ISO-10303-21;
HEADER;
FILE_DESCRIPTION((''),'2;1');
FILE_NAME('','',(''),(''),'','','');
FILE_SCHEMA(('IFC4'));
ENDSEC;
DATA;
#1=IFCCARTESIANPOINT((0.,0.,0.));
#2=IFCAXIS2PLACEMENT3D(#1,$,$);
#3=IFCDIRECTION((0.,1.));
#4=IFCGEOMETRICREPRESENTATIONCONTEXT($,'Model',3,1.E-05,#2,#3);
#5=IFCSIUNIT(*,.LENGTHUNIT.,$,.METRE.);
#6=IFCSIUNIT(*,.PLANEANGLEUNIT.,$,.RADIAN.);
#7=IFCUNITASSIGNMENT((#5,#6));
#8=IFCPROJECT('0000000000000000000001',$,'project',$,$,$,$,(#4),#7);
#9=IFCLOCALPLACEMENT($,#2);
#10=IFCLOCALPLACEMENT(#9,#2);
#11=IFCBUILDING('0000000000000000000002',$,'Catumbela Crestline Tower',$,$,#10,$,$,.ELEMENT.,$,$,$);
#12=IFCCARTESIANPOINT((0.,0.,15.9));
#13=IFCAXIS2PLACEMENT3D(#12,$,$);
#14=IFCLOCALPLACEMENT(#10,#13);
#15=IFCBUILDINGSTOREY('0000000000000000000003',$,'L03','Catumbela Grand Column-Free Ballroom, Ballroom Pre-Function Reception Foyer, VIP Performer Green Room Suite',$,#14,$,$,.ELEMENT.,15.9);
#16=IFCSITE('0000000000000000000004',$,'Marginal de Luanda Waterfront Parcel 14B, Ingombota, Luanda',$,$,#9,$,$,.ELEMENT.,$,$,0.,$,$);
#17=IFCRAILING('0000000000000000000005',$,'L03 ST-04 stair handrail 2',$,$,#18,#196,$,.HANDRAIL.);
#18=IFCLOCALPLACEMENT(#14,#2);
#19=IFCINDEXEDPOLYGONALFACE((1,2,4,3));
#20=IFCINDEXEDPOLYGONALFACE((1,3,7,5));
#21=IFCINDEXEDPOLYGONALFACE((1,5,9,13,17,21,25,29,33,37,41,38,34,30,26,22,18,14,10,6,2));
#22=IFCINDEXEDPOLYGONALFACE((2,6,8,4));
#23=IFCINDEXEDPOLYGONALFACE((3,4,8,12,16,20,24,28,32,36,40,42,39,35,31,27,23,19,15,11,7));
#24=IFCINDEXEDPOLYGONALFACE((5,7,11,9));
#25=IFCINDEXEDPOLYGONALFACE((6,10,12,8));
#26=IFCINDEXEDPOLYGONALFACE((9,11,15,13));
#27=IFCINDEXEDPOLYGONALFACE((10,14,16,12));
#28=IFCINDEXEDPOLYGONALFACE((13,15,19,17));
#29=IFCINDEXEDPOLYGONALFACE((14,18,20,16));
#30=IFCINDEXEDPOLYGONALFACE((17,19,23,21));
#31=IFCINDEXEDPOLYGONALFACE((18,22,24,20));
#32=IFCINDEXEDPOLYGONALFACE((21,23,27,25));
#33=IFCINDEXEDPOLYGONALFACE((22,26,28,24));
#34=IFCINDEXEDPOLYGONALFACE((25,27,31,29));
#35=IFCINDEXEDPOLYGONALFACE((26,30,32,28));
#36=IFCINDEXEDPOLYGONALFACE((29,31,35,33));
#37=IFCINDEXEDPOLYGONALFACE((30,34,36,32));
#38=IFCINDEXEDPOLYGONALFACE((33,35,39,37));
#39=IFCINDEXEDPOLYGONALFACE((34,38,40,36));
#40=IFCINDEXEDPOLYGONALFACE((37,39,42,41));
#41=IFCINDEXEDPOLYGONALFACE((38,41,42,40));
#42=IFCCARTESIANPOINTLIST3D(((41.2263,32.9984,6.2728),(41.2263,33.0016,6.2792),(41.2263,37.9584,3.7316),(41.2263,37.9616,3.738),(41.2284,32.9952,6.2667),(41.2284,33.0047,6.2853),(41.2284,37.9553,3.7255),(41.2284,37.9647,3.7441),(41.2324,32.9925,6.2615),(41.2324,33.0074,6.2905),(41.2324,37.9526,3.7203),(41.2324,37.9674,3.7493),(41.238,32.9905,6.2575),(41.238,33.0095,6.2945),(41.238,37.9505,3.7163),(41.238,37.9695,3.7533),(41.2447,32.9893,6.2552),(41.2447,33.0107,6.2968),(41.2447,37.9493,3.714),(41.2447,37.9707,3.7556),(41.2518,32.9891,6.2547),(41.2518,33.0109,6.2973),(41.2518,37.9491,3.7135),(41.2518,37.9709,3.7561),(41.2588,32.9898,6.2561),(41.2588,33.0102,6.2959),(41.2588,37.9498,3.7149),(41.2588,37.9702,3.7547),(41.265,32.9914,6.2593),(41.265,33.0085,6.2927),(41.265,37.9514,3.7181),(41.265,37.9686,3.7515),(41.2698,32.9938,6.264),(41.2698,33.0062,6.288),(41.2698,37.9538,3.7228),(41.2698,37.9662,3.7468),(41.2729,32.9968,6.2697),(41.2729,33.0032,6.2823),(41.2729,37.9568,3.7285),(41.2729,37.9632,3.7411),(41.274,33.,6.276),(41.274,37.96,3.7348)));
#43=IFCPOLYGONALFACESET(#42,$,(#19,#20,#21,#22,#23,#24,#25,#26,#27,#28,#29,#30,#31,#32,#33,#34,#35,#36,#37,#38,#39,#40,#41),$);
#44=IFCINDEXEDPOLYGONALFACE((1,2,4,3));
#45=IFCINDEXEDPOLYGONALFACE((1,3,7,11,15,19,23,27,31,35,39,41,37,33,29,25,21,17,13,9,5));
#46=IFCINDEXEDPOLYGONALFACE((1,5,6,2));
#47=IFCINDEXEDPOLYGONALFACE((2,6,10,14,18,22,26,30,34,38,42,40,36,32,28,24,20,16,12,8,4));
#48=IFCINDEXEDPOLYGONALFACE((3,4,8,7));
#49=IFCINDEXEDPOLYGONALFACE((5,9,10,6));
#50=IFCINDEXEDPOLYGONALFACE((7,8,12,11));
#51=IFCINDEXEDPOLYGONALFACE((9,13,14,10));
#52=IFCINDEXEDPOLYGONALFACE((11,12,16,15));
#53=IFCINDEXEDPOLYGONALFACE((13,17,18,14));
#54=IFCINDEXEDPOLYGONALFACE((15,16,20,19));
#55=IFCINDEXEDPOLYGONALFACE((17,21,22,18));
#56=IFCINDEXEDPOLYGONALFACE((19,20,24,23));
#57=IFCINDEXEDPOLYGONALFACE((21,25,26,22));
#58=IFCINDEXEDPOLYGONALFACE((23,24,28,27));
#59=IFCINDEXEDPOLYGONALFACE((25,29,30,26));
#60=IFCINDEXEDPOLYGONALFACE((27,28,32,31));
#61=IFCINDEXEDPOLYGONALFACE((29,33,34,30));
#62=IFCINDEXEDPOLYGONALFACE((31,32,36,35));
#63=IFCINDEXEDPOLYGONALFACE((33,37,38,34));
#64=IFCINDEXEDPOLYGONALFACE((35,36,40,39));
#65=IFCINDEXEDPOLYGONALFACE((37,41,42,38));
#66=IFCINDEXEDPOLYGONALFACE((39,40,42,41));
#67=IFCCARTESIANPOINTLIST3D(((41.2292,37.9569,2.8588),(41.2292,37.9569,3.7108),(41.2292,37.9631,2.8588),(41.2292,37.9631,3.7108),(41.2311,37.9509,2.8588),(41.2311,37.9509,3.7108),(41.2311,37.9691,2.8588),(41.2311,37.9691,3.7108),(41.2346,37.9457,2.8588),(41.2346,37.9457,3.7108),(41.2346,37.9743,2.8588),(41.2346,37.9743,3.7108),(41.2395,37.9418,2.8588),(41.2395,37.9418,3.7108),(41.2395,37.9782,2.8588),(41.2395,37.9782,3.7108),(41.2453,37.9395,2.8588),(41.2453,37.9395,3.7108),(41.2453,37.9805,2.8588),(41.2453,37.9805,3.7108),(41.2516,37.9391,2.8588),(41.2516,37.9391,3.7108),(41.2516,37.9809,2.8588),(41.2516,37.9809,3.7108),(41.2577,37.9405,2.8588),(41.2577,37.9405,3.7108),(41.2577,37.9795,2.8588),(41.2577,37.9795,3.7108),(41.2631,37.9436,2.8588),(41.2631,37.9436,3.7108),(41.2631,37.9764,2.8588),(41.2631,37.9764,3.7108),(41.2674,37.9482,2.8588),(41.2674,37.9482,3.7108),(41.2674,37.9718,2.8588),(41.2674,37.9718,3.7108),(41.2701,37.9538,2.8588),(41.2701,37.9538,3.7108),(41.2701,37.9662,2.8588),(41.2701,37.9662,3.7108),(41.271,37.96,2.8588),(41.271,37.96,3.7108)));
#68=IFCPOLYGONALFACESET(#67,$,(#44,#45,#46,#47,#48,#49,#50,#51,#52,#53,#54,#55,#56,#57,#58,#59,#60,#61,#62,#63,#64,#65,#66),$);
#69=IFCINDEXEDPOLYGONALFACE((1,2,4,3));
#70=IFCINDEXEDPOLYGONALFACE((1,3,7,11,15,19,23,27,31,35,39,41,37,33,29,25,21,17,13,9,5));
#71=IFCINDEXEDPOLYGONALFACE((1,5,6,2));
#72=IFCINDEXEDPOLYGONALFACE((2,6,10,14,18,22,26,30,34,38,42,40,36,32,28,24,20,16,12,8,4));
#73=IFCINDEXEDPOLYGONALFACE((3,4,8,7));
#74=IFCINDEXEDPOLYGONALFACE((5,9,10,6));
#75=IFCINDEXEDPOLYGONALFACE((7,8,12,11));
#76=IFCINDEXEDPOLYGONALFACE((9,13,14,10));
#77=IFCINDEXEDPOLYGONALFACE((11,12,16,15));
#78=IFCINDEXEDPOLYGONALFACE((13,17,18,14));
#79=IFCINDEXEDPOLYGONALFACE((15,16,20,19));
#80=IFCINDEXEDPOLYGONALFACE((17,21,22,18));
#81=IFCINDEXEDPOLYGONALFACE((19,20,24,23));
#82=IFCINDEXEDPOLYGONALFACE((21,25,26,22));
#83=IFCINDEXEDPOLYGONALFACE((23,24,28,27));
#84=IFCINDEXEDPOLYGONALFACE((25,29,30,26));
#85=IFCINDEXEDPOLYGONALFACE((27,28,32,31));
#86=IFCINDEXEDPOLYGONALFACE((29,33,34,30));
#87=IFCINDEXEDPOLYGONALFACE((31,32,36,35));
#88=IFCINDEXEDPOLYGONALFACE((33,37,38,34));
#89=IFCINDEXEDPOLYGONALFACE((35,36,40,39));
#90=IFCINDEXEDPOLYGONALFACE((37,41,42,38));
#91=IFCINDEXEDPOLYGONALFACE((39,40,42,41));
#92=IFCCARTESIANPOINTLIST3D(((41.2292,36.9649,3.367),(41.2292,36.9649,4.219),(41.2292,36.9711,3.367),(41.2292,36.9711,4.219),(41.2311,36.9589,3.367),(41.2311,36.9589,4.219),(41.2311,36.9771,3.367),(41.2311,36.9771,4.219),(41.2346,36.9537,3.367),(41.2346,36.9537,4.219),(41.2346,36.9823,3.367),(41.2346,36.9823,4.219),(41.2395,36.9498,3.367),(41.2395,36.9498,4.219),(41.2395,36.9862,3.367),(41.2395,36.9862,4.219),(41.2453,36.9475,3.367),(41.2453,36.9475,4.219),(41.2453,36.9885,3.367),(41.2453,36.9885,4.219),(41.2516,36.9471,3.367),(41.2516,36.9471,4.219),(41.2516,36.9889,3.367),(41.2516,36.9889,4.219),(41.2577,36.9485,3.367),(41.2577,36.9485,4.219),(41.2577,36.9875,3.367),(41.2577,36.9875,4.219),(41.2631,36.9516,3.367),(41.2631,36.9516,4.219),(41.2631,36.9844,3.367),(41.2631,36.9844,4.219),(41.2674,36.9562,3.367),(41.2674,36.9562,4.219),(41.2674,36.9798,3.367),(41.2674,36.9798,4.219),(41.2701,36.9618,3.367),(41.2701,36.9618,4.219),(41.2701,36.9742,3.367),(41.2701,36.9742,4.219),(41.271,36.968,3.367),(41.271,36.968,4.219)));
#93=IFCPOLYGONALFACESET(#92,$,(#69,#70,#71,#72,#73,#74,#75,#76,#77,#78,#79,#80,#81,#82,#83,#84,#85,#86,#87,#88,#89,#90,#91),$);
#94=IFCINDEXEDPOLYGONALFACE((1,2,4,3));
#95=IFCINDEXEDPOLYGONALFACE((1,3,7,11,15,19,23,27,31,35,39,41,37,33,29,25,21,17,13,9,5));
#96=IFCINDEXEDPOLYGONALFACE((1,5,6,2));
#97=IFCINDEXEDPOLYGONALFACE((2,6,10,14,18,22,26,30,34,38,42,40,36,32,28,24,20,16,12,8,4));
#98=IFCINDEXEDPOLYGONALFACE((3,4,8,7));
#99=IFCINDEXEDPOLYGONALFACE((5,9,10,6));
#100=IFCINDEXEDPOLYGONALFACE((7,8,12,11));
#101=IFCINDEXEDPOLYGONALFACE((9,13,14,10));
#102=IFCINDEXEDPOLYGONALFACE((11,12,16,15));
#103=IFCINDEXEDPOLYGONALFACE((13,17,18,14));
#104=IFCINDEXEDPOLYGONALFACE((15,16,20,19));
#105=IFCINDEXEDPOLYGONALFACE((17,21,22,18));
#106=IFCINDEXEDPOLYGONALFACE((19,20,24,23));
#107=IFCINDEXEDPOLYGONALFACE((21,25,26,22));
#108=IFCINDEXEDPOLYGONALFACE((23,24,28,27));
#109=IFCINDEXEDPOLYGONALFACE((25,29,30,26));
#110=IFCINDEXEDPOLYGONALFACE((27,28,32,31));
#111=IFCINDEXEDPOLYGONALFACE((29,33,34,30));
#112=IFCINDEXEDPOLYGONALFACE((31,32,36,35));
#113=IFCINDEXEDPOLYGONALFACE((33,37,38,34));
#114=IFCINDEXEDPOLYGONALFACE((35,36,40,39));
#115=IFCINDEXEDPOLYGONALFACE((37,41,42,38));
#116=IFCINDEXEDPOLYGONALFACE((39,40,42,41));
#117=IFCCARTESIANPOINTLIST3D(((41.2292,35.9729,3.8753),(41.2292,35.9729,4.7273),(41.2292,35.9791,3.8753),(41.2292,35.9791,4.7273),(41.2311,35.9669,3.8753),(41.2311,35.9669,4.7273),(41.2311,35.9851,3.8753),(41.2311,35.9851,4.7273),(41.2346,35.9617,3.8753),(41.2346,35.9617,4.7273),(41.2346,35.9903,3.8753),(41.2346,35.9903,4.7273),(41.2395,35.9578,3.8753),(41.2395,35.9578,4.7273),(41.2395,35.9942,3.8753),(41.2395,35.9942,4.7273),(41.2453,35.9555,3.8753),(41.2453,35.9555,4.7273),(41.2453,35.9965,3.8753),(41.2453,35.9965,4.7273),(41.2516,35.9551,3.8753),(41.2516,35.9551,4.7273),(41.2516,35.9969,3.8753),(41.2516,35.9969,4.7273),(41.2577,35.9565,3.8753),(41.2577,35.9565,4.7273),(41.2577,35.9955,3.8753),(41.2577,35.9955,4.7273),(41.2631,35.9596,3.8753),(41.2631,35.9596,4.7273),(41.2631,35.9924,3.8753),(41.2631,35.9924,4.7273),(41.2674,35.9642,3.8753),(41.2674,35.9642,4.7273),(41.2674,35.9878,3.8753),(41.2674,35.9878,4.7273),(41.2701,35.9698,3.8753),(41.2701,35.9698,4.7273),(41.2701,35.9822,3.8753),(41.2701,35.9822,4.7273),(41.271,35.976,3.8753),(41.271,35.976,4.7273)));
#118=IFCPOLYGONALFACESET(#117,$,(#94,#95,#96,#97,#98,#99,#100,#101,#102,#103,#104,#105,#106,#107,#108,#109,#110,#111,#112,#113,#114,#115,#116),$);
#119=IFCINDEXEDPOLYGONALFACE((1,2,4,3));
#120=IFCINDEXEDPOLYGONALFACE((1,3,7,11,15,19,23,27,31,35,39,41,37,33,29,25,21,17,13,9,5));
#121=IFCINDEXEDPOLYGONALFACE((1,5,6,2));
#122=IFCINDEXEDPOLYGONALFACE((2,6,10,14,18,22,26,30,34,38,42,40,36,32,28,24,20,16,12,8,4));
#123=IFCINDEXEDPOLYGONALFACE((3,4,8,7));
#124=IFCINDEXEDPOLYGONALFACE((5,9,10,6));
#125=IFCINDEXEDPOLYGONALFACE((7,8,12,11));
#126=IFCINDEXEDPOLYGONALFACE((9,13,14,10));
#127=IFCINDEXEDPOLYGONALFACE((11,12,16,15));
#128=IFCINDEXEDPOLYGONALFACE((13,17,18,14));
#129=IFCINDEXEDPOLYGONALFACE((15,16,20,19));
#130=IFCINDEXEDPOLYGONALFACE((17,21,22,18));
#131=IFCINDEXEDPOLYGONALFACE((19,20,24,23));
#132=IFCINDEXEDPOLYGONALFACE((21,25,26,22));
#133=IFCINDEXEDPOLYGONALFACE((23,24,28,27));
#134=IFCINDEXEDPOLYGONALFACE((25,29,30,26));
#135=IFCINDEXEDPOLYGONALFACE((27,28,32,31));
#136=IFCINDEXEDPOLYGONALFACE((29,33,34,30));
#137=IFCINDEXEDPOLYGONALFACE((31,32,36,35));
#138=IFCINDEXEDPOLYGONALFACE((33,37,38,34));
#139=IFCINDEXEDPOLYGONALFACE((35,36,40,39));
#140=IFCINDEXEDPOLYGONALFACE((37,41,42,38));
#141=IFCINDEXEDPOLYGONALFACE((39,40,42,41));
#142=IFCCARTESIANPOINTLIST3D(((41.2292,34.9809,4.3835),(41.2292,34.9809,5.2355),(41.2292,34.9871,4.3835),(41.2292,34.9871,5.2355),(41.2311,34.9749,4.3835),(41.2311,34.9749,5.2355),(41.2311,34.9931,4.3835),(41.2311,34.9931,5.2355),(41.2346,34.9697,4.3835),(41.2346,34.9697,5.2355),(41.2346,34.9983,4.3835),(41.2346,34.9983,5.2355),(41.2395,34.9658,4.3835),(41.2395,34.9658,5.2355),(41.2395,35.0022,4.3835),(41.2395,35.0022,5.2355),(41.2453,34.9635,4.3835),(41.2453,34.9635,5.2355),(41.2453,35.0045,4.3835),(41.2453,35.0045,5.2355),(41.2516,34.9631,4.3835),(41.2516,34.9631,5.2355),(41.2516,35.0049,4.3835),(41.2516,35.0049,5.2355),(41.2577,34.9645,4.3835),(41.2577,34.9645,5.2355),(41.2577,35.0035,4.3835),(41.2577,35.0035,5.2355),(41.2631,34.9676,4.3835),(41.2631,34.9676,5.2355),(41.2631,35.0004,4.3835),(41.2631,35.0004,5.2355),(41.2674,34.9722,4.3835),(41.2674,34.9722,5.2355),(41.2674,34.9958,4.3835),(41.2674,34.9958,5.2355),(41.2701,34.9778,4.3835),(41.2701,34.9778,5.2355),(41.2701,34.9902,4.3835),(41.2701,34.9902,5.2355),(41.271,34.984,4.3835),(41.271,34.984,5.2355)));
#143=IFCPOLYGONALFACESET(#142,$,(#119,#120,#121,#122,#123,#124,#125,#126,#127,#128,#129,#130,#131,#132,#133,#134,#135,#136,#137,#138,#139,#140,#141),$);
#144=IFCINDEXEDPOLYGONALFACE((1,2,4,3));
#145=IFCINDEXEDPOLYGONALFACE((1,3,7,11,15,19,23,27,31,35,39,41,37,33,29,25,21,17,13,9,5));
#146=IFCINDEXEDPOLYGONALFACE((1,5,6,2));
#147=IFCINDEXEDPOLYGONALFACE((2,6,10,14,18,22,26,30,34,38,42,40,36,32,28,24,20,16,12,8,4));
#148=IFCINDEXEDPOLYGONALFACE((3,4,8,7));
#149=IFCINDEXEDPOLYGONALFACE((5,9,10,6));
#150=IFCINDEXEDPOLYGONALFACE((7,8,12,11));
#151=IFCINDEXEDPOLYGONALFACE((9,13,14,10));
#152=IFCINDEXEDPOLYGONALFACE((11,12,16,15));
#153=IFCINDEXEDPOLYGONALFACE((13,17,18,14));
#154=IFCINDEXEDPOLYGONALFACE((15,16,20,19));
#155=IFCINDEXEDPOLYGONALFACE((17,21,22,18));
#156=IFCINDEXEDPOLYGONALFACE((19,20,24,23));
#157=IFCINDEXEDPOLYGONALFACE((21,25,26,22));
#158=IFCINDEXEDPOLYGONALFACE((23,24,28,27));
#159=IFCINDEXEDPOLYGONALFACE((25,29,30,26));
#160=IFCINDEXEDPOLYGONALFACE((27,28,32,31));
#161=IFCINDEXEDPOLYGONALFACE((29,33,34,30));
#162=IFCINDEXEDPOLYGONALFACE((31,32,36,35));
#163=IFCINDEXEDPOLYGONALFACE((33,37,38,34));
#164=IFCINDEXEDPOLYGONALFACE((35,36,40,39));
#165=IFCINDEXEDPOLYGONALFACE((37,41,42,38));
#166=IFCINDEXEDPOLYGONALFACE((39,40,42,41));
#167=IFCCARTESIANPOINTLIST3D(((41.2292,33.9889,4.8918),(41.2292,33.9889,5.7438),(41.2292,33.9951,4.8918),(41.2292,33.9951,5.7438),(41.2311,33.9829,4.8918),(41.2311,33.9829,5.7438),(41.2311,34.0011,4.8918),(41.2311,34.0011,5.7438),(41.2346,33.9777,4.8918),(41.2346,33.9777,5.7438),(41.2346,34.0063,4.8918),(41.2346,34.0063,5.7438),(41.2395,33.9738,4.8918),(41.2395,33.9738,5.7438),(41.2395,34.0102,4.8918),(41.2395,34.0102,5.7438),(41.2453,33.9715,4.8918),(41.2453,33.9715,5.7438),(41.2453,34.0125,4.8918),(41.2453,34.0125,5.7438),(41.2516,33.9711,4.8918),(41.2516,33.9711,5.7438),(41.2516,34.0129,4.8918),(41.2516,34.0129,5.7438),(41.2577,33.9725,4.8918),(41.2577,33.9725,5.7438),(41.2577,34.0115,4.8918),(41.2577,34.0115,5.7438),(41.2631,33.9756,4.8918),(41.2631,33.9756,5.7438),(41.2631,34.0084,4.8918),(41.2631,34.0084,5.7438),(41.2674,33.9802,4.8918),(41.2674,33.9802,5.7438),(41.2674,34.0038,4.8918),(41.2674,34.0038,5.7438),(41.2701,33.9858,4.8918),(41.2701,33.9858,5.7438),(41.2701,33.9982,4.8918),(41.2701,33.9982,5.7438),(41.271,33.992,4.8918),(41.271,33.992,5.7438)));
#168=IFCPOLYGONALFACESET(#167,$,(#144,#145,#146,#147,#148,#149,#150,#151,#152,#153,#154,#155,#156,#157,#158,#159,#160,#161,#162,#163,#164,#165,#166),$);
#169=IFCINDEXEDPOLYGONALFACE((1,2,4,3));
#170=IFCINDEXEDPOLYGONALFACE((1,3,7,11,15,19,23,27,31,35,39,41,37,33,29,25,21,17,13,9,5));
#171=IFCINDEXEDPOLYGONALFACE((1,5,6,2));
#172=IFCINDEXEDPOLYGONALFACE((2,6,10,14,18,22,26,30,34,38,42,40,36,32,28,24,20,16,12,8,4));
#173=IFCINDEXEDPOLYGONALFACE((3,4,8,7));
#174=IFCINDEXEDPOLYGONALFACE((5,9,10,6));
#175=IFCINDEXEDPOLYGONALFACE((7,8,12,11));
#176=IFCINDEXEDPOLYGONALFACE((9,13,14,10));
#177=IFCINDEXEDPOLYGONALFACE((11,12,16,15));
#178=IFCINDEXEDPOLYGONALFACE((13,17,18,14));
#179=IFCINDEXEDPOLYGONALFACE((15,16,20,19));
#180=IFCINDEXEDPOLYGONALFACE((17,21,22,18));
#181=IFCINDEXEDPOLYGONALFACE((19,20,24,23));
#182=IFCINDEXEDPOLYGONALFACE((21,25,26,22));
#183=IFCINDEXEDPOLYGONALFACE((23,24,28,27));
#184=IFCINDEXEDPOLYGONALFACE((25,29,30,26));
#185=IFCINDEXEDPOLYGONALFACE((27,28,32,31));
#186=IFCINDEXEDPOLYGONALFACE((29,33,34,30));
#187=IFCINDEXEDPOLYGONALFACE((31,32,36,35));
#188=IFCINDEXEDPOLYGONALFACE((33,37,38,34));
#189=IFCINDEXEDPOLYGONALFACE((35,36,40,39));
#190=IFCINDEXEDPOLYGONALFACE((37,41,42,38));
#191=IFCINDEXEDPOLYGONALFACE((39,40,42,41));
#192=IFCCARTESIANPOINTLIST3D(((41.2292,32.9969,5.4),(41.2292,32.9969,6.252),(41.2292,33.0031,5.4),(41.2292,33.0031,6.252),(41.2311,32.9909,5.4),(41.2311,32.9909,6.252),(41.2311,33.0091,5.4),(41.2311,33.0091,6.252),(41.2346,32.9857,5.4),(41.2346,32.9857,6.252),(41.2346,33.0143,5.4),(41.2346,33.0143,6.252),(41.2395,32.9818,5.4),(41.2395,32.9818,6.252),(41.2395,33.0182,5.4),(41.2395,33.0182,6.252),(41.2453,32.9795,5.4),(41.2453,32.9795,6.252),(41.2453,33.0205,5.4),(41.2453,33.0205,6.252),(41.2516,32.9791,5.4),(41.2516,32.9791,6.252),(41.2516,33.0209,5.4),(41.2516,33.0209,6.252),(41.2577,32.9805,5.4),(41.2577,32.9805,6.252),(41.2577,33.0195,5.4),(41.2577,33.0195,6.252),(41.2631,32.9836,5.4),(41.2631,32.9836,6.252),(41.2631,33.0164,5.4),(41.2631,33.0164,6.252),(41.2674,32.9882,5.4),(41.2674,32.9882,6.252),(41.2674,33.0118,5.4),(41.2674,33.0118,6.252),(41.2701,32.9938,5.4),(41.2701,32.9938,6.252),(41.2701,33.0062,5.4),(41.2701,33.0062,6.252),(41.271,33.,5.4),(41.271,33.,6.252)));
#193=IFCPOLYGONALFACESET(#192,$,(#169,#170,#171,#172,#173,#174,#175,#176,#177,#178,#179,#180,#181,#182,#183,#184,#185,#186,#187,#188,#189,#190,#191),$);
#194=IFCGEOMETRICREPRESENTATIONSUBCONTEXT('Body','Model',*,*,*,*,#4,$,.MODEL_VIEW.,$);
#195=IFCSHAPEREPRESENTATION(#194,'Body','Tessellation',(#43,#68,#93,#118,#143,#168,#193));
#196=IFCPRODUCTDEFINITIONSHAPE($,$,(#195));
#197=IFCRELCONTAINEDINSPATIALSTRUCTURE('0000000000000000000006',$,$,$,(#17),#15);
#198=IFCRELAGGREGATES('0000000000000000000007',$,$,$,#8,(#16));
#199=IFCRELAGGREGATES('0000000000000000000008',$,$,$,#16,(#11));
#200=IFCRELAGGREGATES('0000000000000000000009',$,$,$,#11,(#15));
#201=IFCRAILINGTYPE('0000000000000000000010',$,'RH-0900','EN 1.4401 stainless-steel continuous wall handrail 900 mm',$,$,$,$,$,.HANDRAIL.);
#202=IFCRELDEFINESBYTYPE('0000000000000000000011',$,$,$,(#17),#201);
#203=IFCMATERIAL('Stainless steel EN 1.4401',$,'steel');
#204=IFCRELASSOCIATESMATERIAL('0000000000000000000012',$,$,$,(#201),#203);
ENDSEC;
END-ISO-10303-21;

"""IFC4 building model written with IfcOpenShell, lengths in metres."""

from ifc_helpers import new_model, si_unit, direction, frame, origin, origin_2d, place, context, subcontext, project, spatial, circle, extrude, material, type_object, element, save


model = new_model("IFC4")

# Units and contexts
model_context = context("Model", 3, precision=1e-05, world=origin(), true_north=direction((0.0, 1.0)))
body_context = subcontext(model_context, "Body", "Model", "MODEL_VIEW")
ifc_project = project(units=[si_unit("LENGTHUNIT", "METRE"), si_unit("PLANEANGLEUNIT", "RADIAN")], contexts=[model_context])

# Site, building, storey
site_placement = place(None, origin())
site = spatial("IfcSite", under=ifc_project, at=site_placement, Name="Marginal de Luanda Waterfront Parcel 14B, Ingombota, Luanda", CompositionType="ELEMENT", RefElevation=0.0)
building_placement = place(site_placement, origin())
building = spatial("IfcBuilding", under=site, at=building_placement, Name="Catumbela Crestline Tower", CompositionType="ELEMENT")
storey_placement = place(building_placement, frame((0.0, 0.0, 15.9)))
storey = spatial("IfcBuildingStorey", under=building, at=storey_placement, Name="L03", Description="Catumbela Grand Column-Free Ballroom, Ballroom Pre-Function Reception Foyer, VIP Performer Green Room Suite", CompositionType="ELEMENT", Elevation=15.9)

# Railing
ifc_material_1 = material(Name="Stainless steel EN 1.4401", Category="steel")
railing_type_1 = type_object("IfcRailingType", Name="RH-0900", Description="EN 1.4401 stainless-steel continuous wall handrail 900 mm", PredefinedType="HANDRAIL", material=ifc_material_1)
railing_1_placement = place(storey_placement, frame((41.25, 37.96, 2.8588)))
element("IfcRailing", 1, at=railing_1_placement, inside=storey, type_object=railing_type_1, Name="L03 ST-04 stair handrail 2", PredefinedType="HANDRAIL", context=body_context, shape_type="SweptSolid", body=[
    extrude(circle(Radius=0.024, at=origin_2d()), frame((0.0, 0.0, 0.876), z_axis=(0.0, -0.889992, 0.455977), x_axis=(1.0, 0.0, 0.0)), (0.0, 0.0, 1.0), 5.5731),
    extrude(circle(Radius=0.021, at=origin_2d()), origin(), (0.0, 0.0, 1.0), 0.852),
    extrude(circle(Radius=0.021, at=origin_2d()), frame((0.0, -0.992, 0.5082)), (0.0, 0.0, 1.0), 0.852),
    extrude(circle(Radius=0.021, at=origin_2d()), frame((0.0, -1.984, 1.0165)), (0.0, 0.0, 1.0), 0.852),
    extrude(circle(Radius=0.021, at=origin_2d()), frame((0.0, -2.976, 1.5247)), (0.0, 0.0, 1.0), 0.852),
    extrude(circle(Radius=0.021, at=origin_2d()), frame((0.0, -3.968, 2.033)), (0.0, 0.0, 1.0), 0.852),
    extrude(circle(Radius=0.021, at=origin_2d()), frame((0.0, -4.96, 2.5412)), (0.0, 0.0, 1.0), 0.852),
])

save(model, "model.ifc")
